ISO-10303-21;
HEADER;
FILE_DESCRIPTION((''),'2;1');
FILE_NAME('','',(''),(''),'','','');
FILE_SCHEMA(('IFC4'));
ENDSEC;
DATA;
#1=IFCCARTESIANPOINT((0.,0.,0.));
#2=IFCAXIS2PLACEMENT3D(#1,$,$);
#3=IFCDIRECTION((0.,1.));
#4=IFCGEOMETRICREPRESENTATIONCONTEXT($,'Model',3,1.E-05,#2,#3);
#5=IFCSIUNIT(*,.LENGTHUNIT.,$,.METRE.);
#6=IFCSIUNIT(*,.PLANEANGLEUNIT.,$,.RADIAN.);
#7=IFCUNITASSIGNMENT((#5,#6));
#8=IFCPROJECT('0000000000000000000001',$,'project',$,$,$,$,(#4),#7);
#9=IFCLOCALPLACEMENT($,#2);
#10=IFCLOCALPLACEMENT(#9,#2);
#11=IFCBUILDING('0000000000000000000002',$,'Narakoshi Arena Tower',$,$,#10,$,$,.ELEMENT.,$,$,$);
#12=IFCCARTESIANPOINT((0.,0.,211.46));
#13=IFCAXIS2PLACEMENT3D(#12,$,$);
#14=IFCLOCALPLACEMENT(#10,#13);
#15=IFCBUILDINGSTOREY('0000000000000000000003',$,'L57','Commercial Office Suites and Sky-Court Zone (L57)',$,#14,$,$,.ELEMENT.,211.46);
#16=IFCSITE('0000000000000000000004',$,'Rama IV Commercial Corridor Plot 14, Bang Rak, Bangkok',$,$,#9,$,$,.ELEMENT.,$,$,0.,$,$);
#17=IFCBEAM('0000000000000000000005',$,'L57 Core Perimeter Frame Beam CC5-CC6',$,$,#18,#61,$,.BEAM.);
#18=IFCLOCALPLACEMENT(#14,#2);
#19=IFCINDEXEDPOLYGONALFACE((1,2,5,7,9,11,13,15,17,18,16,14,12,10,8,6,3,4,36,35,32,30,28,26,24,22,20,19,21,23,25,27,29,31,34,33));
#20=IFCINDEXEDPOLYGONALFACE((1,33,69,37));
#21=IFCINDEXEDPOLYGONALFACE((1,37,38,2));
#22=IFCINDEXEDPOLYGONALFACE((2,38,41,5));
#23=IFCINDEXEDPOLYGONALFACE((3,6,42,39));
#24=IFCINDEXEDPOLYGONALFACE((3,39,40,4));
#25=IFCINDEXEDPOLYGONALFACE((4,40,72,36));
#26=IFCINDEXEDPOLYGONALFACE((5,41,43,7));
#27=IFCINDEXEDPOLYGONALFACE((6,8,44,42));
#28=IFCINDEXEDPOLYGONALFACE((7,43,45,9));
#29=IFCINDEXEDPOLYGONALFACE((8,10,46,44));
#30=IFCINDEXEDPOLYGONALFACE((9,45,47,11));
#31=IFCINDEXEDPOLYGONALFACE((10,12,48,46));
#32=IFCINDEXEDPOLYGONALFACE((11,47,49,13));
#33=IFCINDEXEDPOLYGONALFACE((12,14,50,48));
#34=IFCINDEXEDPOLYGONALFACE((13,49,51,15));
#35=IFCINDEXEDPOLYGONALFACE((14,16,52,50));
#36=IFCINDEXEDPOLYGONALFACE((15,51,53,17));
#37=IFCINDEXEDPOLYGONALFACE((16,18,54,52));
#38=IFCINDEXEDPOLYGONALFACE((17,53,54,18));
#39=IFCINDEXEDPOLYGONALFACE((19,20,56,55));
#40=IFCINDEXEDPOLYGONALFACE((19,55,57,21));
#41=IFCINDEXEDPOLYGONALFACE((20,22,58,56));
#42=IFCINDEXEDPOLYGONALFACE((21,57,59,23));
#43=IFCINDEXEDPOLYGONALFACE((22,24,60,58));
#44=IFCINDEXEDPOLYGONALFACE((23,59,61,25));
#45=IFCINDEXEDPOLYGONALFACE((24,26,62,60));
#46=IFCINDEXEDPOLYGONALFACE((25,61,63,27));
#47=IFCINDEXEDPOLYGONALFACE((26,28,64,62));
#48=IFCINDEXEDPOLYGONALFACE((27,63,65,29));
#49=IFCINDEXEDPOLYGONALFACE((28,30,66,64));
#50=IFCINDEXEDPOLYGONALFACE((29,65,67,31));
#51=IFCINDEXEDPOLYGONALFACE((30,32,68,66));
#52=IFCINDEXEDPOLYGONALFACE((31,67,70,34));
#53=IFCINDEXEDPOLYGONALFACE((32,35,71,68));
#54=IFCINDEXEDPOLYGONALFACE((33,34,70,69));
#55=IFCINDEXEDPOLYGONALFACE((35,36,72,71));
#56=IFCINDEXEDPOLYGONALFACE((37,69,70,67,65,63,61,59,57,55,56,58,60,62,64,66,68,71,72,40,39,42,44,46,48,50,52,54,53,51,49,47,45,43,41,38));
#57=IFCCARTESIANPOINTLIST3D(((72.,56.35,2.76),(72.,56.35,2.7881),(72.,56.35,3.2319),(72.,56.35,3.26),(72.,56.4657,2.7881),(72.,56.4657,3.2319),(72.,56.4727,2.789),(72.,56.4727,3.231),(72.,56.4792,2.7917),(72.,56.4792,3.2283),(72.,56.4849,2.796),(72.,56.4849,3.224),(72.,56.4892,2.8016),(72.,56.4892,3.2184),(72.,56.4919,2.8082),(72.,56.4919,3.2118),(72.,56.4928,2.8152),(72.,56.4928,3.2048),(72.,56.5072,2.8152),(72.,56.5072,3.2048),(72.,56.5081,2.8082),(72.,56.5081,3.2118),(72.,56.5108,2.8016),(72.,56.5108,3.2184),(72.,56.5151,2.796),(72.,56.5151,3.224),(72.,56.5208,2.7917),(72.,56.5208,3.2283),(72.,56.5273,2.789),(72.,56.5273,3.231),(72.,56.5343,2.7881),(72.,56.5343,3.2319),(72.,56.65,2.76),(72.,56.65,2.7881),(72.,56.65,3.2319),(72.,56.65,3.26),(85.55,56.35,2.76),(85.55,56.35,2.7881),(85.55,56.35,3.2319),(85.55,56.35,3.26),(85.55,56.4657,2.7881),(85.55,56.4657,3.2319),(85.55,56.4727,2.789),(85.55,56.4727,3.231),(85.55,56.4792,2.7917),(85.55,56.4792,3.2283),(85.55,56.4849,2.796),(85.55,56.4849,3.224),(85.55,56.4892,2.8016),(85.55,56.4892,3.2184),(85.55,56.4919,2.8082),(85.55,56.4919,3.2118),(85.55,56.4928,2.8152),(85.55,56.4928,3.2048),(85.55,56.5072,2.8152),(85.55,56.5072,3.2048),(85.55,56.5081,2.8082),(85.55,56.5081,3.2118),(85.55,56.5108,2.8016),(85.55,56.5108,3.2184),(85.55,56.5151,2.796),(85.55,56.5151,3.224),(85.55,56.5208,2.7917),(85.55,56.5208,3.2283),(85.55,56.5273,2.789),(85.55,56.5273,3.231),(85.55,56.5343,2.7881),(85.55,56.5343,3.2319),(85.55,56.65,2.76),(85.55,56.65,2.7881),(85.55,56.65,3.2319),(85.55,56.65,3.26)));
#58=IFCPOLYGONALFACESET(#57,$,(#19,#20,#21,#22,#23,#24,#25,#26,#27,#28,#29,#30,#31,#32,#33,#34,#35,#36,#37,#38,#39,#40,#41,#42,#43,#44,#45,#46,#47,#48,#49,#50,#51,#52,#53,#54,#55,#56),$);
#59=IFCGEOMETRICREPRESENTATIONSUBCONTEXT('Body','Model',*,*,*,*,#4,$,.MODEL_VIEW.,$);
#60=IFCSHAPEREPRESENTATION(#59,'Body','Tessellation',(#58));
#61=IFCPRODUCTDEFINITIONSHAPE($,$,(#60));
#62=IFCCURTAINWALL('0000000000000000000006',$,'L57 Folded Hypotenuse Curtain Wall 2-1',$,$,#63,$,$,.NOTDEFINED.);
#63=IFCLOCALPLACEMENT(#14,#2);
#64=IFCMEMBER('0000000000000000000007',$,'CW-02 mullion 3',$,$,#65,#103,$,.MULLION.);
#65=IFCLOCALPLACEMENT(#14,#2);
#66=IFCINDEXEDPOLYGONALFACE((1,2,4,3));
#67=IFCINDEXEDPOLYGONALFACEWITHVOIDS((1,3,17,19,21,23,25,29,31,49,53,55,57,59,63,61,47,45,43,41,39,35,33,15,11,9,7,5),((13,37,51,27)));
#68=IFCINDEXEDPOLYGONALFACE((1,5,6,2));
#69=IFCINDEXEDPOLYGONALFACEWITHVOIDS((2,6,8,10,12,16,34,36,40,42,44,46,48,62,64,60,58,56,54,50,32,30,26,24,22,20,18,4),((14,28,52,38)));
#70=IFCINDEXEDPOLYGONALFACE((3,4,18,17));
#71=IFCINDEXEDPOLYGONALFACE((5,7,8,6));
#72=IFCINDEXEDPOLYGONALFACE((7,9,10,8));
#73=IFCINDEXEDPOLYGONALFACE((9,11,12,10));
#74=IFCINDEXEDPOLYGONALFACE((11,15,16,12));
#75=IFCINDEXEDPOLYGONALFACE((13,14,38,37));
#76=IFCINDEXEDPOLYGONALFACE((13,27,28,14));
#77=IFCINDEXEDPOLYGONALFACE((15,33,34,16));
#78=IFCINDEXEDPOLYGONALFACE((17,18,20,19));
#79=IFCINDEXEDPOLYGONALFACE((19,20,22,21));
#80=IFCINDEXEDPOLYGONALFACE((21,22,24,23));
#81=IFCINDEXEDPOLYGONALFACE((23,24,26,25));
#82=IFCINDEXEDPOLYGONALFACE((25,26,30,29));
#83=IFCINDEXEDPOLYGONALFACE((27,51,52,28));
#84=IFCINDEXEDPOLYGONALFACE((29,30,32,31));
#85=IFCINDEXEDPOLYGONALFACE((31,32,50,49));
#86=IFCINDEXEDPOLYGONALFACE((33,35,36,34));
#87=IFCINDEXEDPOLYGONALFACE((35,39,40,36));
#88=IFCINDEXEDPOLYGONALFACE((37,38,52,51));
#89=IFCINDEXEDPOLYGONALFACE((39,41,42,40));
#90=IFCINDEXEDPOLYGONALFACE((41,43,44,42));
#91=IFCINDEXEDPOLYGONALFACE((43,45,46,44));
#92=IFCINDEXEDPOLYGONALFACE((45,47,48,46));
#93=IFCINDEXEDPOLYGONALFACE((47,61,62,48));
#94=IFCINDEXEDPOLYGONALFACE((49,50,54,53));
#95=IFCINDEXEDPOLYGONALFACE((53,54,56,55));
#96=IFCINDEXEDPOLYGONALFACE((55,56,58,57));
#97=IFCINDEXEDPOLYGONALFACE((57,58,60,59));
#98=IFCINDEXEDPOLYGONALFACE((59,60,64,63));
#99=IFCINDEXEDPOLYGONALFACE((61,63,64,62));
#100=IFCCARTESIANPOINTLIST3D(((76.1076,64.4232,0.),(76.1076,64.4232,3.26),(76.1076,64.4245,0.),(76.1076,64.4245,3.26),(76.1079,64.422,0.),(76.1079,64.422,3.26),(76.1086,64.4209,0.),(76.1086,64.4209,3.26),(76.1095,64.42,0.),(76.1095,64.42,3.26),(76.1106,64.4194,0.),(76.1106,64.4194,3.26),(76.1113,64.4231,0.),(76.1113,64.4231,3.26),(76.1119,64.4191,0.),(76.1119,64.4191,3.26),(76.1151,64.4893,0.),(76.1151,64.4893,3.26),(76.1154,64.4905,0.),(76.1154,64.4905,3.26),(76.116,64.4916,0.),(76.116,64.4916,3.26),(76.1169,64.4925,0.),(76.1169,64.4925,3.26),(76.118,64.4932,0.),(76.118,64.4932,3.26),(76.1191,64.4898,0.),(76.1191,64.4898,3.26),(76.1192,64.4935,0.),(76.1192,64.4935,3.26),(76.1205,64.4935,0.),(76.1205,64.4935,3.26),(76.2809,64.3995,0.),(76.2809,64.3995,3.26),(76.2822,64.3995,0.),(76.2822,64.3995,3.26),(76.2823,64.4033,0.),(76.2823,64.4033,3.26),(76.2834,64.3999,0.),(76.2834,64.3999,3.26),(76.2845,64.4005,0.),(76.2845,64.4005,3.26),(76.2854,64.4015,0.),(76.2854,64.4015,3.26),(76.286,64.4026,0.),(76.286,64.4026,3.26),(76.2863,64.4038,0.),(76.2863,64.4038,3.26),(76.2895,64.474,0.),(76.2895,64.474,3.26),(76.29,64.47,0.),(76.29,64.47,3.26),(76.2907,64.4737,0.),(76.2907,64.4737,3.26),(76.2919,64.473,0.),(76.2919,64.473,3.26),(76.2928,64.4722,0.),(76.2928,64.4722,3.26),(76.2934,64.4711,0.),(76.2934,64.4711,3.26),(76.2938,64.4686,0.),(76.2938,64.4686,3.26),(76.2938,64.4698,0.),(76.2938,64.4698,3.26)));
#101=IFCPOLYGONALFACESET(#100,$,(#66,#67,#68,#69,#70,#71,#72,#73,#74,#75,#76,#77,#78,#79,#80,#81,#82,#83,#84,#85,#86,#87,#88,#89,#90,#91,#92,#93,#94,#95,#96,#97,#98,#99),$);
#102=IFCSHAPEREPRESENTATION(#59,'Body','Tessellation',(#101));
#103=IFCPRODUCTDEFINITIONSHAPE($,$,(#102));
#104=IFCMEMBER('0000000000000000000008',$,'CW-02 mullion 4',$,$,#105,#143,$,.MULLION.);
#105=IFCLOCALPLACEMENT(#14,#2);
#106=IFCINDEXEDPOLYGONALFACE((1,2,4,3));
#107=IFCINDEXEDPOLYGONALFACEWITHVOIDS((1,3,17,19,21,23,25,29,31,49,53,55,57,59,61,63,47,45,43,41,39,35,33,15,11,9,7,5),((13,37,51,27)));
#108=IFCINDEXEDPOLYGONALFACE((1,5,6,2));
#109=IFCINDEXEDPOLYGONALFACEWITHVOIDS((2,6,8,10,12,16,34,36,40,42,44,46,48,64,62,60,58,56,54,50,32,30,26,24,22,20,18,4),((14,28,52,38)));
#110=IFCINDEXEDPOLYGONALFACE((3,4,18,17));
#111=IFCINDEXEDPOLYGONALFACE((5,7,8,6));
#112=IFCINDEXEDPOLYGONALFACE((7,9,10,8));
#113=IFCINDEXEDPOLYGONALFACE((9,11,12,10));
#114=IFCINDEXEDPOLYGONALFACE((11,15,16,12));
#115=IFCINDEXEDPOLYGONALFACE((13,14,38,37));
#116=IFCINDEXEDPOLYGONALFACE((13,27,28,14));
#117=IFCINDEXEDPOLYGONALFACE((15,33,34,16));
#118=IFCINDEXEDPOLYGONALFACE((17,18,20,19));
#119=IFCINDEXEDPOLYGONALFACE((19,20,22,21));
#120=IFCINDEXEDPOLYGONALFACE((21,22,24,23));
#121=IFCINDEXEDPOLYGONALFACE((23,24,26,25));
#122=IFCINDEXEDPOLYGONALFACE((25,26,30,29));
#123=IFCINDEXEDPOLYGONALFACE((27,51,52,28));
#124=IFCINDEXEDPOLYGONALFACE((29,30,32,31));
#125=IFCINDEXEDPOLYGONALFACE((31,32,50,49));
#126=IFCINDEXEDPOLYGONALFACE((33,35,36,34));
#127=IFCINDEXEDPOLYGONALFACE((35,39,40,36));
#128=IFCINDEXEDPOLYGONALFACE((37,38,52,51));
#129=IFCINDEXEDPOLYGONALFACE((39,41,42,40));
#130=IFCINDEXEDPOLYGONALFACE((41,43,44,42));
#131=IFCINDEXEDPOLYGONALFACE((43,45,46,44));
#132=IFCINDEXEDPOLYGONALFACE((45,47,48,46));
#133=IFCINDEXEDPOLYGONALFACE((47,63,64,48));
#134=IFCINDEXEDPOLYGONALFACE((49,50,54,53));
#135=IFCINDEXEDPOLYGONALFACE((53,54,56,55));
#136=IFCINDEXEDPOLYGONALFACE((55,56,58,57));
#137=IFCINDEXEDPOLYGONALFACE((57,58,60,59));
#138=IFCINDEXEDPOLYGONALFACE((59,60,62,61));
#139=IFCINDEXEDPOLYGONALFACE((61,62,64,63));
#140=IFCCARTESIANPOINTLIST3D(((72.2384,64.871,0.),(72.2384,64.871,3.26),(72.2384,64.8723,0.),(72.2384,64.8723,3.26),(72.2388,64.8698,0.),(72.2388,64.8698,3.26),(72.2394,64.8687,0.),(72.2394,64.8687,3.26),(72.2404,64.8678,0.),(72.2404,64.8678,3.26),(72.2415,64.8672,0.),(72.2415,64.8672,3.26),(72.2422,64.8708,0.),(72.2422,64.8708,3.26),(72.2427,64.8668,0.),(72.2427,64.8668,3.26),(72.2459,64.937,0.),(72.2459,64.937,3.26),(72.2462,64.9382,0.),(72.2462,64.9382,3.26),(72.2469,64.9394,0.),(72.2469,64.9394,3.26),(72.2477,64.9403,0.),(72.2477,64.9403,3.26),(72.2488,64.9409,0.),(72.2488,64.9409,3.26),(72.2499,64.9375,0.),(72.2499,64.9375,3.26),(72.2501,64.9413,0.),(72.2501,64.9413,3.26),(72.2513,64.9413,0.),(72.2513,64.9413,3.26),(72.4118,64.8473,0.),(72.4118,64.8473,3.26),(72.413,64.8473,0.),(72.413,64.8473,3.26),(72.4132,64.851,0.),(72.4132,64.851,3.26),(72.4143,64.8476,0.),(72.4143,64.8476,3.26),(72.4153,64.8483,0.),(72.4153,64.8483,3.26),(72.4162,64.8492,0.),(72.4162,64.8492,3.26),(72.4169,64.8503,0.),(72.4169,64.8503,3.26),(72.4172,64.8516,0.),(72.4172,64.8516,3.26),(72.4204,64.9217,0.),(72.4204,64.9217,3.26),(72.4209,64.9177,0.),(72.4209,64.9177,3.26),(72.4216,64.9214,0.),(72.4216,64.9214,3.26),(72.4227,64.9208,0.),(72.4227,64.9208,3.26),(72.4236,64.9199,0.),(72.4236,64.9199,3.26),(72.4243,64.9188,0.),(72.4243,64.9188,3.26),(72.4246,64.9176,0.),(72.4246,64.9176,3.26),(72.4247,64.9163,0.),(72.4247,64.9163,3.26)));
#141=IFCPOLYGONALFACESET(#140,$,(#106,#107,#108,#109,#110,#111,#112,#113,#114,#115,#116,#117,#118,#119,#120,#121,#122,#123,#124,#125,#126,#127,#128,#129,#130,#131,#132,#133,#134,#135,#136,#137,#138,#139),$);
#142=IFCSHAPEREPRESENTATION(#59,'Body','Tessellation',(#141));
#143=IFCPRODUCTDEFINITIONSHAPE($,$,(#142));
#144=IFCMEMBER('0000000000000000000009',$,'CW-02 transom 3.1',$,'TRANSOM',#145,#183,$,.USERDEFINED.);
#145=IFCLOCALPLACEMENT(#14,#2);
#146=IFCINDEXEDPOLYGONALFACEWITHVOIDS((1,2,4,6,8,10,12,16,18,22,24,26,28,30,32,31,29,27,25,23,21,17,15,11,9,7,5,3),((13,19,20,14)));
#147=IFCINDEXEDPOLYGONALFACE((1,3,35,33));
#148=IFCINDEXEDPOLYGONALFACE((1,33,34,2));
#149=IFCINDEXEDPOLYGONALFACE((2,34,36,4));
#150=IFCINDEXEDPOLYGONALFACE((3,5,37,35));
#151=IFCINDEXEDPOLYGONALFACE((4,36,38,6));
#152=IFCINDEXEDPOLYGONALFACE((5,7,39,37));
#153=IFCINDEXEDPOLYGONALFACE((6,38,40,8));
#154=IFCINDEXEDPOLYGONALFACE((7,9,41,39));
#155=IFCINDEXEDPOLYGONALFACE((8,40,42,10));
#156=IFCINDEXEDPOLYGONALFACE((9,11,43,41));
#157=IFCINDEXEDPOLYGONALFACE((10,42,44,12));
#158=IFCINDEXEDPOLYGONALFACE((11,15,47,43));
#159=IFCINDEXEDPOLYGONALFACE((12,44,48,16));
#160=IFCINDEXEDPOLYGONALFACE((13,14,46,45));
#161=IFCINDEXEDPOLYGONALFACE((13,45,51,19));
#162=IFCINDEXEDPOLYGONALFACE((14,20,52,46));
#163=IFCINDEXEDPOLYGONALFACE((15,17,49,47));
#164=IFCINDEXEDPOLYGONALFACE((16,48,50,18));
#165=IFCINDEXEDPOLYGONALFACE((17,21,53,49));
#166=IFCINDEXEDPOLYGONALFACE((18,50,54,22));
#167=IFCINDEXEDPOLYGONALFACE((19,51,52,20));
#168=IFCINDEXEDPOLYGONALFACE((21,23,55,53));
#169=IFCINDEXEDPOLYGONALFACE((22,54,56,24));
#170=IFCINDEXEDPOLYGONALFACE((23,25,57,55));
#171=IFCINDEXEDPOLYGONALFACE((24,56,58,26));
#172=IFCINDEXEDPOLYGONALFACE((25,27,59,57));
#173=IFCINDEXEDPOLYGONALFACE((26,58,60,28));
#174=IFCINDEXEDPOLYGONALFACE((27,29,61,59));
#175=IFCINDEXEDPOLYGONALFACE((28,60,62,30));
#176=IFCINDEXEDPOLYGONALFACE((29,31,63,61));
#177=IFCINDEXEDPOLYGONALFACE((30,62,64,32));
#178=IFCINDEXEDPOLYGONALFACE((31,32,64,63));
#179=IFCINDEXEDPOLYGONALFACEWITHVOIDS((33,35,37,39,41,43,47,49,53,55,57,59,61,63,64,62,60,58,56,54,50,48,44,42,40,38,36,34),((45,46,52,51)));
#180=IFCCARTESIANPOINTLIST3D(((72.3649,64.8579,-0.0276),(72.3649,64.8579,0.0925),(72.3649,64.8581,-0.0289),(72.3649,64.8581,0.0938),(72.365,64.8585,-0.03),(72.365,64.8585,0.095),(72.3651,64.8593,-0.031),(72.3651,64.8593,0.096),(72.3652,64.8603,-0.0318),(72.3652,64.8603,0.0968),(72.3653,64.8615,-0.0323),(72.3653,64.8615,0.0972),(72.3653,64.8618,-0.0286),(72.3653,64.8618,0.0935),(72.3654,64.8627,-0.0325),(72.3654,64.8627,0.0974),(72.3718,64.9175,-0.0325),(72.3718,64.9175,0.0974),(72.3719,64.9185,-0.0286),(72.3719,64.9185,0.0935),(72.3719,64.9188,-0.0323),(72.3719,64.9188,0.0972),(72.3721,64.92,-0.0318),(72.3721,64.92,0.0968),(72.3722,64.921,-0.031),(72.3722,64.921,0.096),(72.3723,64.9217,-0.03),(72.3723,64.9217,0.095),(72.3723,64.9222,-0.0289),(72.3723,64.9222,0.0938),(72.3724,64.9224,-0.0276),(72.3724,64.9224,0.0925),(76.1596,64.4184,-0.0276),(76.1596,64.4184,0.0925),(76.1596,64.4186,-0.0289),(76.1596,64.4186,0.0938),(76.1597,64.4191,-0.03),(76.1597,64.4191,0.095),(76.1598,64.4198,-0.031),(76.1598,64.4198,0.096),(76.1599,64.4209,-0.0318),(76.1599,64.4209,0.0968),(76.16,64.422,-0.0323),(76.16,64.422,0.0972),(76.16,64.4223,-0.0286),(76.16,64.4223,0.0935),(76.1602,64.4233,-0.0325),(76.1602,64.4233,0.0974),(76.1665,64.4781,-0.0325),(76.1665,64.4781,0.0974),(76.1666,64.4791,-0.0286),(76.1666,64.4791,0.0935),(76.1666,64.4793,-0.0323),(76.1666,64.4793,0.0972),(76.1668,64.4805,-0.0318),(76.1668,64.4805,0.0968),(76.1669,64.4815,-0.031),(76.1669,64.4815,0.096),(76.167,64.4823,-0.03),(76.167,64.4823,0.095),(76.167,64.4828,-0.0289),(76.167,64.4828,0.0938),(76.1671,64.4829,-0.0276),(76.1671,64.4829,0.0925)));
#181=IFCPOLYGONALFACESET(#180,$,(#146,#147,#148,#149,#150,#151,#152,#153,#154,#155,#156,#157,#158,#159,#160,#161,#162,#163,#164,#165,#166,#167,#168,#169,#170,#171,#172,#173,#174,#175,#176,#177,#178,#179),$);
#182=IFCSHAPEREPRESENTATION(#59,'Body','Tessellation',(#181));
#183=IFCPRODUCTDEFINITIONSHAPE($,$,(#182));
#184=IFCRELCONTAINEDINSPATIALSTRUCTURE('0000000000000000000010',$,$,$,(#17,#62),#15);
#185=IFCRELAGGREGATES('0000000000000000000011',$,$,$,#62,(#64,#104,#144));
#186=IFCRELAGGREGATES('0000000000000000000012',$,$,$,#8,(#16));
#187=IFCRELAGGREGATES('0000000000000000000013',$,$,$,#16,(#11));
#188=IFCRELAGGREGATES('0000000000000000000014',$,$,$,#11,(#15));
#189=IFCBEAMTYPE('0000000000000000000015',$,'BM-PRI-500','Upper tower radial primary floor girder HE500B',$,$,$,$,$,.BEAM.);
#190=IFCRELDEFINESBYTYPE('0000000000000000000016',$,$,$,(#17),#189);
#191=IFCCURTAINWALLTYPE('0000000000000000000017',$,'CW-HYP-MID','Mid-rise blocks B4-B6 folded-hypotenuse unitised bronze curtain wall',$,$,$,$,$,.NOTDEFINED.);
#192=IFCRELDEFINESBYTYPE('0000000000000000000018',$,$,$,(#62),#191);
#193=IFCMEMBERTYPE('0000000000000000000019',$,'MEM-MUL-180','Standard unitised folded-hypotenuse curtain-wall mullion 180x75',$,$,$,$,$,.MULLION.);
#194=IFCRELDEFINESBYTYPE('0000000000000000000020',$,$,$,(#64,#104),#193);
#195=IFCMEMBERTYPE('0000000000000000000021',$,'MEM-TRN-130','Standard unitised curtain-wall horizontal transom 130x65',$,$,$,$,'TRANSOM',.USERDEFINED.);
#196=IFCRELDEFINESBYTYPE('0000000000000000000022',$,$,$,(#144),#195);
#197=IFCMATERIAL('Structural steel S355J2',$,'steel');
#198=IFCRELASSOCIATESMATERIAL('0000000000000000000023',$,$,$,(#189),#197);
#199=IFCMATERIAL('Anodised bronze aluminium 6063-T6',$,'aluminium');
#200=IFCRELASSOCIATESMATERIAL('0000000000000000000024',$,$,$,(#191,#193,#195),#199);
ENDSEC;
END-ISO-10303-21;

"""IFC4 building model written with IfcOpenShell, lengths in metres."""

from ifc_helpers import new_model, si_unit, direction, frame, origin, origin_2d, place, context, subcontext, project, spatial, hollow_rectangle, i_section, extrude, material, material_profile, profile_set, type_object, element, aggregate, save


model = new_model("IFC4")

# Units and contexts
model_context = context("Model", 3, precision=1e-05, world=origin(), true_north=direction((0.0, 1.0)))
body_context = subcontext(model_context, "Body", "Model", "MODEL_VIEW")
ifc_project = project(units=[si_unit("LENGTHUNIT", "METRE"), si_unit("PLANEANGLEUNIT", "RADIAN")], contexts=[model_context])

# Site, building, storey
site_placement = place(None, origin())
site = spatial("IfcSite", under=ifc_project, at=site_placement, Name="Rama IV Commercial Corridor Plot 14, Bang Rak, Bangkok", CompositionType="ELEMENT", RefElevation=0.0)
building_placement = place(site_placement, origin())
building = spatial("IfcBuilding", under=site, at=building_placement, Name="Narakoshi Arena Tower", CompositionType="ELEMENT")
storey_placement = place(building_placement, frame((0.0, 0.0, 211.46)))
storey = spatial("IfcBuildingStorey", under=building, at=storey_placement, Name="L57", Description="Commercial Office Suites and Sky-Court Zone (L57)", CompositionType="ELEMENT", Elevation=211.46)

# Beam
ifc_material_1 = material(Name="Structural steel S355J2", Category="steel")
ifc_material_profile_1 = material_profile(ifc_material_1, i_section(OverallWidth=0.3, OverallDepth=0.5, WebThickness=0.0144, FlangeThickness=0.0281, FilletRadius=0.0271, at=origin_2d()), Name="HE500B")
ifc_profile_set_1 = profile_set([ifc_material_profile_1], Name="Structural steel S355J2")
beam_type = type_object("IfcBeamType", Name="BM-PRI-500", Description="Upper tower radial primary floor girder HE500B", PredefinedType="BEAM", material=ifc_profile_set_1)
beam_placement = place(storey_placement, frame((72.0, 56.5, 3.01), z_axis=(1.0, 0.0, 0.0), x_axis=(0.0, 1.0, 0.0)))
element("IfcBeam", 1, at=beam_placement, inside=storey, type_object=beam_type, Name="L57 Core Perimeter Frame Beam CC5-CC6", PredefinedType="BEAM", context=body_context, shape_type="SweptSolid", body=[
    extrude(i_section(OverallWidth=0.3, OverallDepth=0.5, WebThickness=0.0144, FlangeThickness=0.0281, FilletRadius=0.0271, at=origin_2d()), origin(), (0.0, 0.0, 1.0), 13.55),
])

# Curtain wall, members
ifc_material_2 = material(Name="Anodised bronze aluminium 6063-T6", Category="aluminium")
curtain_wall_type = type_object("IfcCurtainWallType", Name="CW-HYP-MID", Description="Mid-rise blocks B4-B6 folded-hypotenuse unitised bronze curtain wall", PredefinedType="NOTDEFINED", material=ifc_material_2)
curtain_wall_placement = place(storey_placement, origin())
curtain_wall = element("IfcCurtainWall", 2, at=curtain_wall_placement, inside=storey, type_object=curtain_wall_type, Name="L57 Folded Hypotenuse Curtain Wall 2-1", PredefinedType="NOTDEFINED")
ifc_material_profile_2 = material_profile(ifc_material_2, hollow_rectangle(XDim=0.075, YDim=0.1799, WallThickness=0.0039, OuterFilletRadius=0.0049, at=origin_2d()), Name="MUL180x75x4")
ifc_profile_set_2 = profile_set([ifc_material_profile_2], Name="Anodised bronze aluminium 6063-T6")
member_type_1 = type_object("IfcMemberType", Name="MEM-MUL-180", Description="Standard unitised folded-hypotenuse curtain-wall mullion 180x75", PredefinedType="MULLION", material=ifc_profile_set_2)
member_1_placement = place(storey_placement, frame((76.2007, 64.4465, 0.0), z_axis=(0.0, 0.0, 1.0), x_axis=(-0.115011, -0.993364, 0.0)))
member_1 = element("IfcMember", 3, at=member_1_placement, type_object=member_type_1, Name="CW-02 mullion 3", PredefinedType="MULLION", context=body_context, shape_type="SweptSolid", body=[
    extrude(hollow_rectangle(XDim=0.075, YDim=0.1799, WallThickness=0.0039, OuterFilletRadius=0.0049, at=origin_2d()), origin(), (0.0, 0.0, 1.0), 3.26),
])
member_2_placement = place(storey_placement, frame((72.3315, 64.8943, 0.0), z_axis=(0.0, 0.0, 1.0), x_axis=(-0.115011, -0.993364, 0.0)))
member_2 = element("IfcMember", 4, at=member_2_placement, type_object=member_type_1, Name="CW-02 mullion 4", PredefinedType="MULLION", context=body_context, shape_type="SweptSolid", body=[
    extrude(hollow_rectangle(XDim=0.075, YDim=0.1799, WallThickness=0.0039, OuterFilletRadius=0.0049, at=origin_2d()), origin(), (0.0, 0.0, 1.0), 3.26),
])
ifc_material_profile_3 = material_profile(ifc_material_2, hollow_rectangle(XDim=0.0649, YDim=0.1299, WallThickness=0.0039, OuterFilletRadius=0.0049, at=origin_2d()), Name="TRN130x65x4")
ifc_profile_set_3 = profile_set([ifc_material_profile_3], Name="Anodised bronze aluminium 6063-T6")
member_type_2 = type_object("IfcMemberType", Name="MEM-TRN-130", Description="Standard unitised curtain-wall horizontal transom 130x65", ElementType="TRANSOM", PredefinedType="USERDEFINED", material=ifc_profile_set_3)
member_3_placement = place(storey_placement, frame((76.1633, 64.4507, 0.0325), z_axis=(-0.993361, 0.115039, 0.0), x_axis=(-0.115039, -0.993361, 0.0)))
member_3 = element("IfcMember", 5, at=member_3_placement, type_object=member_type_2, Name="CW-02 transom 3.1", ObjectType="TRANSOM", PredefinedType="USERDEFINED", context=body_context, shape_type="SweptSolid", body=[
    extrude(hollow_rectangle(XDim=0.0649, YDim=0.1299, WallThickness=0.0039, OuterFilletRadius=0.0049, at=origin_2d()), origin(), (0.0, 0.0, 1.0), 3.8201),
])
aggregate(curtain_wall, [member_1, member_2, member_3])

save(model, "model.ifc")
